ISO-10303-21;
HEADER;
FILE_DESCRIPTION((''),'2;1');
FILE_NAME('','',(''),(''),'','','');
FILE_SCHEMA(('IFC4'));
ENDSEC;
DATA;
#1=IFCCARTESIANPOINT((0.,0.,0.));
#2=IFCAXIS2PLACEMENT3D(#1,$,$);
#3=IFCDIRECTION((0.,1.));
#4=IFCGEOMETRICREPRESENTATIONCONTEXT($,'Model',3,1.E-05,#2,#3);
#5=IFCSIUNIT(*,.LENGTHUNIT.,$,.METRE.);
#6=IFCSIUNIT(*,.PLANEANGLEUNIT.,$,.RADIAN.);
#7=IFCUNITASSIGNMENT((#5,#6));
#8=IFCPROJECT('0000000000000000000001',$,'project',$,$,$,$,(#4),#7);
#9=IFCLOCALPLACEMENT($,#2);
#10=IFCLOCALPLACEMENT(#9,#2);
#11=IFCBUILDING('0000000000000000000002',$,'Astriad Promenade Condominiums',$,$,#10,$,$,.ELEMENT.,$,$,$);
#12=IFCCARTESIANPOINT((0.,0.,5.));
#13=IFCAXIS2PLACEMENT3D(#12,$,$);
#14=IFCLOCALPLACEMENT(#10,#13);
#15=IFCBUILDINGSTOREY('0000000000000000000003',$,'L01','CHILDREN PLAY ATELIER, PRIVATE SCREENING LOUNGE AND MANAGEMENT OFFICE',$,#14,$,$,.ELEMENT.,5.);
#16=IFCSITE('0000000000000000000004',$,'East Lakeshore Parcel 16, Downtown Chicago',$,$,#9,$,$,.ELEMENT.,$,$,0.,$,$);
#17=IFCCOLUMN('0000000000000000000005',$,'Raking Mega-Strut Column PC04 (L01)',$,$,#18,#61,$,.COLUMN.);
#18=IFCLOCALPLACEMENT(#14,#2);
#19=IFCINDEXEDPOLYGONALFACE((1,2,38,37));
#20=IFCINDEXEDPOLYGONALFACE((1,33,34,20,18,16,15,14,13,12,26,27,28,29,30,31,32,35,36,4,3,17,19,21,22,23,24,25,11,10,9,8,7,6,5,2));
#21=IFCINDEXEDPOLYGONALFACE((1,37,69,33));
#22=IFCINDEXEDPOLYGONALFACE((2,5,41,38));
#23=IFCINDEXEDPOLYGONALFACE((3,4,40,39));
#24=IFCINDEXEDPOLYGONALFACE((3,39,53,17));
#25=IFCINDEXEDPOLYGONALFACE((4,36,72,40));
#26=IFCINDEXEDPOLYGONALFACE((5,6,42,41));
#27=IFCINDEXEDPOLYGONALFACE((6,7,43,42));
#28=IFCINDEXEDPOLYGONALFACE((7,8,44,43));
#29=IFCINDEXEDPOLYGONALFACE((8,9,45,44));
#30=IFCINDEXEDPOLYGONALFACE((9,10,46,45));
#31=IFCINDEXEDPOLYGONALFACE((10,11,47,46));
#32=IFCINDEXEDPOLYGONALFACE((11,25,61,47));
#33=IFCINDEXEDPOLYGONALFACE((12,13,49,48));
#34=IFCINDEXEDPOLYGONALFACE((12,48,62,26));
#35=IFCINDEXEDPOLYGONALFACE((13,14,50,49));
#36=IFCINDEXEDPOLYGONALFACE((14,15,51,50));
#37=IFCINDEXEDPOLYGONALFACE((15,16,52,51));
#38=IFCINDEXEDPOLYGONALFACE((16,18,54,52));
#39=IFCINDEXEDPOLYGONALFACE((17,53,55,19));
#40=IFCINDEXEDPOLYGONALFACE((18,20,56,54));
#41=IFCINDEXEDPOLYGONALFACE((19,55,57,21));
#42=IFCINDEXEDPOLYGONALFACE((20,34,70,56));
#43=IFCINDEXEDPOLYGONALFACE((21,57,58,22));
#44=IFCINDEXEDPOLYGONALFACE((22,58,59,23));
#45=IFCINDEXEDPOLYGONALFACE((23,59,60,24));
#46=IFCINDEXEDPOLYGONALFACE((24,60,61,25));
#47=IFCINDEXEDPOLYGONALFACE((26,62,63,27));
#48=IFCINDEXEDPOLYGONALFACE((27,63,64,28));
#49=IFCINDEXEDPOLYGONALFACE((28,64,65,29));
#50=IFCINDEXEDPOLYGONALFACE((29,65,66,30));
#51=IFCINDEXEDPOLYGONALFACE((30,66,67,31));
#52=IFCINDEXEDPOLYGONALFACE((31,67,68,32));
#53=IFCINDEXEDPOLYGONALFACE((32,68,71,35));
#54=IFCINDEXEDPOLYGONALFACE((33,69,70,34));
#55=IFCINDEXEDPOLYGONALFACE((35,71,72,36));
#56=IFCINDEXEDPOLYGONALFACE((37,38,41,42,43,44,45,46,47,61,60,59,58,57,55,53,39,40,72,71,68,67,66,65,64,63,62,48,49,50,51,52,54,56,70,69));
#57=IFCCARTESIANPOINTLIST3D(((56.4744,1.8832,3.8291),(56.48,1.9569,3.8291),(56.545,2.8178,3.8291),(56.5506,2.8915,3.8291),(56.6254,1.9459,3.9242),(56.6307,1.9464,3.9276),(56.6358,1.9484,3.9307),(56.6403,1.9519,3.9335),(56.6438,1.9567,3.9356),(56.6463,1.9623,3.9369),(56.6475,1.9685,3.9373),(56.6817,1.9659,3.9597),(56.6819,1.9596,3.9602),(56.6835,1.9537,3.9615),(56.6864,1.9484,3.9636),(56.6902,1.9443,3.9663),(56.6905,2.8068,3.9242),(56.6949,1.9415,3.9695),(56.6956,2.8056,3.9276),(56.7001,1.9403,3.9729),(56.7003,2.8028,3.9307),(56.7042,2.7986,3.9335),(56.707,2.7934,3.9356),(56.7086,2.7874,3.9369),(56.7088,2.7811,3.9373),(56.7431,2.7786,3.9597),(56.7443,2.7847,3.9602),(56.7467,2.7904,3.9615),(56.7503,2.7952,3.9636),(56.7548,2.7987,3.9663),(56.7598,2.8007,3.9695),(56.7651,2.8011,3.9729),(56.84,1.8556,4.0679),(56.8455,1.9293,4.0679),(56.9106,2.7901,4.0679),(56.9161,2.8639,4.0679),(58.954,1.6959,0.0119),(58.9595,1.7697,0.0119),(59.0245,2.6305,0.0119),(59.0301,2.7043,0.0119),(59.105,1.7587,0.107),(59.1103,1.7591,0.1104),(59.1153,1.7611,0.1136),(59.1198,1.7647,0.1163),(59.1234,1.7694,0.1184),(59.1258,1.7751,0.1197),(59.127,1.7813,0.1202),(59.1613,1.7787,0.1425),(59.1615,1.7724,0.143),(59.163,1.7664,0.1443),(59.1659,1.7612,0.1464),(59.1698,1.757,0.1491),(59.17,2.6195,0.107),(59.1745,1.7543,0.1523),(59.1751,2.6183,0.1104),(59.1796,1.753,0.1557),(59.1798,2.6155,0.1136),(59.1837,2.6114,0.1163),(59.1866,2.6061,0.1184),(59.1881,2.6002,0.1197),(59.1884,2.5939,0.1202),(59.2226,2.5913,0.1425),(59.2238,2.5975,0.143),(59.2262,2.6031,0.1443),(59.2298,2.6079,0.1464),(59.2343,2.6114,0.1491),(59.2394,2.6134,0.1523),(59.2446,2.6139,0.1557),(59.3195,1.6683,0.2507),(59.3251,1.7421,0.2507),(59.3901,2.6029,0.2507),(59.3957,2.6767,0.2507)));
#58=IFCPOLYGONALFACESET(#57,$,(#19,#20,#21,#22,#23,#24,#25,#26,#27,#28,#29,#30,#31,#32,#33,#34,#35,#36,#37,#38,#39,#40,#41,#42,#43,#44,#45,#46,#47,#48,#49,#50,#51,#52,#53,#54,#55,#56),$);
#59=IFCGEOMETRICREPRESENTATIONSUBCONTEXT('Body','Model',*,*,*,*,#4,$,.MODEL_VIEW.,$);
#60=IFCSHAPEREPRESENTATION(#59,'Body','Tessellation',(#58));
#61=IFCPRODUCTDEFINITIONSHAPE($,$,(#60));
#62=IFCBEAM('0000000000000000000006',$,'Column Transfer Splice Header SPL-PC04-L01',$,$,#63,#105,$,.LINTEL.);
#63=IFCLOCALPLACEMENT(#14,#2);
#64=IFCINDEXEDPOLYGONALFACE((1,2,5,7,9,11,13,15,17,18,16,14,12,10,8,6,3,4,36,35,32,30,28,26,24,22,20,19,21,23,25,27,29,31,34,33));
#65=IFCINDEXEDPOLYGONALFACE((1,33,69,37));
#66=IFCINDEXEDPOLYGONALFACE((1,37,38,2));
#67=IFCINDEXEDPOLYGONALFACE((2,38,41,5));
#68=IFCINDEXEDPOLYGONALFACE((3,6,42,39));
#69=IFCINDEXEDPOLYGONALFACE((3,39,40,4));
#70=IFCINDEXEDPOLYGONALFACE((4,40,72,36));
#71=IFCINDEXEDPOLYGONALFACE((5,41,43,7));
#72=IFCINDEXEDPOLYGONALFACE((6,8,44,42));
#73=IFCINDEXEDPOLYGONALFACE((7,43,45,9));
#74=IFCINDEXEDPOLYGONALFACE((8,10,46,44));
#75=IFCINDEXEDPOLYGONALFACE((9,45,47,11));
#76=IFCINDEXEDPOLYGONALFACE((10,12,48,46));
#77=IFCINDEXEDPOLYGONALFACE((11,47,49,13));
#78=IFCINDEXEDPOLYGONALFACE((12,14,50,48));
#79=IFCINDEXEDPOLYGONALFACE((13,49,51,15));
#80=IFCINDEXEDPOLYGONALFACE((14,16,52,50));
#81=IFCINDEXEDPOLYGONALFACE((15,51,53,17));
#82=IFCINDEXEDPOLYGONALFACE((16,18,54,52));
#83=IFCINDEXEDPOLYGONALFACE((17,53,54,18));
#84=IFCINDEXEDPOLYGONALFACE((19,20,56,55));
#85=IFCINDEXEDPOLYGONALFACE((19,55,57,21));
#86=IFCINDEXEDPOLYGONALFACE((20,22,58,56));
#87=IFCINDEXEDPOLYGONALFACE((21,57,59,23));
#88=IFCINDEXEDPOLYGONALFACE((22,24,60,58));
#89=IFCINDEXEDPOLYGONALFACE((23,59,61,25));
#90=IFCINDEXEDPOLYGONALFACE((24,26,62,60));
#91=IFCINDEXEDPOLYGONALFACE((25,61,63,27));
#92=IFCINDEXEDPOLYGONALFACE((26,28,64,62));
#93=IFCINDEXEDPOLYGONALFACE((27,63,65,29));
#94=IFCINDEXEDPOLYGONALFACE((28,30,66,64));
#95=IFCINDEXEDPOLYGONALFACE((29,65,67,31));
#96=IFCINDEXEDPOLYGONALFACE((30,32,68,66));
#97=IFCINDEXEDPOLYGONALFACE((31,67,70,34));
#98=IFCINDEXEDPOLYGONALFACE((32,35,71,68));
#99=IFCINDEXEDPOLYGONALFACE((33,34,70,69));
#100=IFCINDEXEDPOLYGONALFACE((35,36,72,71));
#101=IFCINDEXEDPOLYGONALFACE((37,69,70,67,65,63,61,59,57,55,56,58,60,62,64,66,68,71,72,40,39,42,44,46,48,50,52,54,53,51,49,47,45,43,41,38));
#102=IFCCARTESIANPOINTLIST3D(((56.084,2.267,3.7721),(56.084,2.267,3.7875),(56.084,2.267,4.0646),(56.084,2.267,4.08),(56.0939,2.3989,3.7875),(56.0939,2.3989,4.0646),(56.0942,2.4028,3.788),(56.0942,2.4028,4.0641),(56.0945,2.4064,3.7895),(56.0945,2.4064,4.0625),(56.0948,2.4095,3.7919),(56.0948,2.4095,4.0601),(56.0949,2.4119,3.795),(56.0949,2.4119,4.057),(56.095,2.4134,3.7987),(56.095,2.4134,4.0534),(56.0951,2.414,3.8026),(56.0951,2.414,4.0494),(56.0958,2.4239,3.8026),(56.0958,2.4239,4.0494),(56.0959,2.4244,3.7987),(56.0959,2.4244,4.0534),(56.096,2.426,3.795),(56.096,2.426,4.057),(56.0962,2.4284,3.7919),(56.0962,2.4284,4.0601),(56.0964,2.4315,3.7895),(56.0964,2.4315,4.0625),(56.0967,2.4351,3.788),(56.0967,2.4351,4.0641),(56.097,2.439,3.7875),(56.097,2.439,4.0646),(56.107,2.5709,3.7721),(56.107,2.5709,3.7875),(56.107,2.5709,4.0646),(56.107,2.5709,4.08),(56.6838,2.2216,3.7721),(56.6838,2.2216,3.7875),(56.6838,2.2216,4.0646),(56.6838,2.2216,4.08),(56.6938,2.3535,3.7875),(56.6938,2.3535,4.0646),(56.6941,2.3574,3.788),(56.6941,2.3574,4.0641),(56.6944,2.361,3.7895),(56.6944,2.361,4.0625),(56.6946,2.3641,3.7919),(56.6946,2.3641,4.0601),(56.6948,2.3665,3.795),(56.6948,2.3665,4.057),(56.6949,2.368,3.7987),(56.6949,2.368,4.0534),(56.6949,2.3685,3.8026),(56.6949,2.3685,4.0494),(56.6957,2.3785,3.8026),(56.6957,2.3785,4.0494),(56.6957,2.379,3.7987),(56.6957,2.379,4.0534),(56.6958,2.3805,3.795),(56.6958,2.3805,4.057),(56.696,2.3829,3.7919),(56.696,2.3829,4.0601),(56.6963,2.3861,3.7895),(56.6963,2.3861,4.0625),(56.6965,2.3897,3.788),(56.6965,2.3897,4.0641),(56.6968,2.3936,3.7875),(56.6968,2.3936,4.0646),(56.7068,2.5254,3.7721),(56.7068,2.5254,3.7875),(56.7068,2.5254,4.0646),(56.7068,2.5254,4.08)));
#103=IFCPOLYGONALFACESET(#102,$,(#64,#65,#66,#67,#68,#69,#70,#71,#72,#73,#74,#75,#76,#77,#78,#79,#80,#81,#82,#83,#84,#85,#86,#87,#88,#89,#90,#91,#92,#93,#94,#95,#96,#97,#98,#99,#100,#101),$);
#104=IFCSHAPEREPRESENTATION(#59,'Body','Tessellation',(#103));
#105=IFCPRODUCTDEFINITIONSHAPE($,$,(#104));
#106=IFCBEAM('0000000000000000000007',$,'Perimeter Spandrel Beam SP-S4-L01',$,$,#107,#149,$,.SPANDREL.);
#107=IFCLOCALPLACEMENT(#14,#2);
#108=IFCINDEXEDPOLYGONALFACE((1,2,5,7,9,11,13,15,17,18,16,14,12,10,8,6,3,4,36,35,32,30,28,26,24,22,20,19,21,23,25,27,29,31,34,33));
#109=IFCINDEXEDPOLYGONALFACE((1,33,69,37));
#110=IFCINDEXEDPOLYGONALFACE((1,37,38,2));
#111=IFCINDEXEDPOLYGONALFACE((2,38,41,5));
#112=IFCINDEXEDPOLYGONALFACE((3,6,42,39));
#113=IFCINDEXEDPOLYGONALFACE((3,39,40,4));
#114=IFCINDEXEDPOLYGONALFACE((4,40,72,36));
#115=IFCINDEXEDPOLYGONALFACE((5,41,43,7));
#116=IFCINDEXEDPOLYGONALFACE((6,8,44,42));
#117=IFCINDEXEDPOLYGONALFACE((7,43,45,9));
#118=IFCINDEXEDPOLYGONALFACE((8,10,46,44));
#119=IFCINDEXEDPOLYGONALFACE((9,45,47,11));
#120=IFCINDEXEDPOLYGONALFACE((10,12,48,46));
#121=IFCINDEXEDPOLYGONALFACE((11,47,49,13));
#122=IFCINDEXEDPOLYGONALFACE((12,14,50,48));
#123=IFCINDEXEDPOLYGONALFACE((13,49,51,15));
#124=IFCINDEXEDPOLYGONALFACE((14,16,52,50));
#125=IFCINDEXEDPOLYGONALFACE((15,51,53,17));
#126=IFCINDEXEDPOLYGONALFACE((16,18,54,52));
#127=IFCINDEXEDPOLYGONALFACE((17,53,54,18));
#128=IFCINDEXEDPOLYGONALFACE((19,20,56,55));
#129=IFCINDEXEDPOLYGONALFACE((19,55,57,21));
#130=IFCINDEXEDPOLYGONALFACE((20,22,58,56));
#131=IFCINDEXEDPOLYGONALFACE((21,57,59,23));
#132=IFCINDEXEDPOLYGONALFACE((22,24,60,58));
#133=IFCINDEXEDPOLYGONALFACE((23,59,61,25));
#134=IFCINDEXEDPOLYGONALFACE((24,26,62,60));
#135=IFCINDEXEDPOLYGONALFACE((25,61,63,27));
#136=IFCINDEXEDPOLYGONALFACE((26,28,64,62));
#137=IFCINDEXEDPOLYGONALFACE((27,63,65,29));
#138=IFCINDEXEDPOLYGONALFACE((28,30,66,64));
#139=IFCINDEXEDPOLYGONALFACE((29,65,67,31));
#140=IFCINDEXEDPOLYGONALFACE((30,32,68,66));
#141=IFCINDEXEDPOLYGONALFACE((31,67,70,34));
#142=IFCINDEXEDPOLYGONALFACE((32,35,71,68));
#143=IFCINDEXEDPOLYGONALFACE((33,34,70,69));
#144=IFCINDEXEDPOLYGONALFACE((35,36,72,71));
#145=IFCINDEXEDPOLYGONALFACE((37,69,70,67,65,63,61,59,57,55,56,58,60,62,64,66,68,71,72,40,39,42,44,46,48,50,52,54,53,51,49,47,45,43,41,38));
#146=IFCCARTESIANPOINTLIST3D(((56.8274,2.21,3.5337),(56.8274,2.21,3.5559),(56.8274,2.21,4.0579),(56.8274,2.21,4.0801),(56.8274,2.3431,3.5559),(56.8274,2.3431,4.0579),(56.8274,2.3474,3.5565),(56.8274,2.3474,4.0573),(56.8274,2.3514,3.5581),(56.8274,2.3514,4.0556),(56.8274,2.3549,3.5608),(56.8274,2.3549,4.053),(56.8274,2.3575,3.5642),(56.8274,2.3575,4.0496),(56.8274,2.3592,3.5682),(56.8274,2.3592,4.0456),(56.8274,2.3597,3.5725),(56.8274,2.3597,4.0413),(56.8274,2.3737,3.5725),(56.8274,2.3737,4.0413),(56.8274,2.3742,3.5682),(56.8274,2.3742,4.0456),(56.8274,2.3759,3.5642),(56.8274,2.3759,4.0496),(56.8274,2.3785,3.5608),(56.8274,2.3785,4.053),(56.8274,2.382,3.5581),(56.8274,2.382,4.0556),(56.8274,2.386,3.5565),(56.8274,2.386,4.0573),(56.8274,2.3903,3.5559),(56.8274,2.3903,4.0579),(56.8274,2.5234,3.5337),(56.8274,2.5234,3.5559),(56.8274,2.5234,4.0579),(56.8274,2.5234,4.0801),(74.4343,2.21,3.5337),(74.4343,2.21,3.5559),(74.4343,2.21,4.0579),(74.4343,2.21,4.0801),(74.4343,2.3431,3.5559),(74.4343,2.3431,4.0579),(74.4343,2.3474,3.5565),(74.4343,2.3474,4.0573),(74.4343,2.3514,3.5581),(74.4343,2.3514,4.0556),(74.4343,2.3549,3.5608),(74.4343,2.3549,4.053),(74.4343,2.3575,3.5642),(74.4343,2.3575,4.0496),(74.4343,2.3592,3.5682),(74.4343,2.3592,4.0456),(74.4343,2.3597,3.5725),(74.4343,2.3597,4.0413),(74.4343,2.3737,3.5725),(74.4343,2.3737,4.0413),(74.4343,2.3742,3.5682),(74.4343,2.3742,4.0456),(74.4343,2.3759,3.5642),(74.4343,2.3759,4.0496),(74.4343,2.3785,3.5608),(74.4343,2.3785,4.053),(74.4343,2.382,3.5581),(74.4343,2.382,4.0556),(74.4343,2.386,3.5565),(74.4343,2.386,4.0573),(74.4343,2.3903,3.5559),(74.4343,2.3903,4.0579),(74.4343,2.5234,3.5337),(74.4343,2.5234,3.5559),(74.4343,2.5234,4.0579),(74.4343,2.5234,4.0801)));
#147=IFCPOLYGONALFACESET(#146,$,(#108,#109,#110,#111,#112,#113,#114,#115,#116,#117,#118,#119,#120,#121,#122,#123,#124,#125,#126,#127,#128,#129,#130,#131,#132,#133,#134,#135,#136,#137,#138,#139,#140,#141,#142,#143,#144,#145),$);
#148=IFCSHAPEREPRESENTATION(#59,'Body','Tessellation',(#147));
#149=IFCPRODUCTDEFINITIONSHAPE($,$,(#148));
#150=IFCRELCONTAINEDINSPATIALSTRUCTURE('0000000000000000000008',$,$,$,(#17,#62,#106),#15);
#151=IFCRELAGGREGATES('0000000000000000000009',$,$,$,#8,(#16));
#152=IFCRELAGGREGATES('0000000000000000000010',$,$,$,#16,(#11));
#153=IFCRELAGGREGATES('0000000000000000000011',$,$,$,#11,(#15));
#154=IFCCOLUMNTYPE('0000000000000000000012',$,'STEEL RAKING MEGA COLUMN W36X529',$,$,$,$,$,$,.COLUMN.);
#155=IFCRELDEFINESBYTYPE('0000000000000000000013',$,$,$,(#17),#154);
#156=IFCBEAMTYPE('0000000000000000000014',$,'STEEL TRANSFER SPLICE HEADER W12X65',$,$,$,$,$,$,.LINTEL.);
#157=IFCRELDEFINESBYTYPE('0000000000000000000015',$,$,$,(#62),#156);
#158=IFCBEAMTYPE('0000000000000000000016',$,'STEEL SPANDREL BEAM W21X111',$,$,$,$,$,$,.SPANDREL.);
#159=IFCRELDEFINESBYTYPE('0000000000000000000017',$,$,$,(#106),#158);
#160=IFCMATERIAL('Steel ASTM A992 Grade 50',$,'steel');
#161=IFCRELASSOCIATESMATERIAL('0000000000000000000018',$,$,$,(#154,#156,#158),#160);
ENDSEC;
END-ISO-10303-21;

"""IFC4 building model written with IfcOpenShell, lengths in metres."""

from ifc_helpers import new_model, si_unit, direction, frame, origin, origin_2d, place, context, subcontext, project, spatial, i_section, extrude, source, transform, mapped, material, material_profile, profile_set, type_object, type_shapes, element, save


model = new_model("IFC4")

# Units and contexts
model_context = context("Model", 3, precision=1e-05, world=origin(), true_north=direction((0.0, 1.0)))
body_context = subcontext(model_context, "Body", "Model", "MODEL_VIEW")
ifc_project = project(units=[si_unit("LENGTHUNIT", "METRE"), si_unit("PLANEANGLEUNIT", "RADIAN")], contexts=[model_context])

# Site, building, storey
site_placement = place(None, origin())
site = spatial("IfcSite", under=ifc_project, at=site_placement, Name="East Lakeshore Parcel 16, Downtown Chicago", CompositionType="ELEMENT", RefElevation=0.0)
building_placement = place(site_placement, origin())
building = spatial("IfcBuilding", under=site, at=building_placement, Name="Astriad Promenade Condominiums", CompositionType="ELEMENT")
storey_placement = place(building_placement, frame((0.0, 0.0, 5.0)))
storey = spatial("IfcBuildingStorey", under=building, at=storey_placement, Name="L01", Description="CHILDREN PLAY ATELIER, PRIVATE SCREENING LOUNGE AND MANAGEMENT OFFICE", CompositionType="ELEMENT", Elevation=5.0)

# Column
ifc_material_1 = material(Name="Steel ASTM A992 Grade 50", Category="steel")
ifc_material_profile_1 = material_profile(ifc_material_1, i_section(OverallWidth=0.4375, OverallDepth=1.0112, WebThickness=0.041, FlangeThickness=0.074, FilletRadius=0.0242, at=origin_2d()), Name="W36X529")
ifc_profile_set_1 = profile_set([ifc_material_profile_1], Name="Steel ASTM A992 Grade 50")
column_type = type_object("IfcColumnType", Name="STEEL RAKING MEGA COLUMN W36X529", PredefinedType="COLUMN", material=ifc_profile_set_1)
shared_shape_1 = source(origin(), body_context, "Body", "SweptSolid", [
    extrude(i_section(OverallWidth=0.4375, OverallDepth=1.0112, WebThickness=0.041, FlangeThickness=0.074, FilletRadius=0.0242, at=origin_2d()), origin(), (0.0, 0.0, 1.0), 4.5557),
])
type_shapes(column_type, [shared_shape_1])
column_placement = place(storey_placement, frame((59.1748, 2.1863, 0.1313), z_axis=(-0.544273, 0.041105, 0.8379), x_axis=(0.835521, -0.0631, 0.545823)))
element("IfcColumn", 1, at=column_placement, inside=storey, type_object=column_type, Name="Raking Mega-Strut Column PC04 (L01)", PredefinedType="COLUMN", context=body_context, shape_type="MappedRepresentation", body=[
    mapped(shared_shape_1, transform((0.0, 0.0, 0.0), scale=1.0)),
])

# Beams
ifc_material_profile_2 = material_profile(ifc_material_1, i_section(OverallWidth=0.3047, OverallDepth=0.3079, WebThickness=0.01, FlangeThickness=0.0154, FilletRadius=0.0151, at=origin_2d()), Name="W12X65")
ifc_profile_set_2 = profile_set([ifc_material_profile_2], Name="Steel ASTM A992 Grade 50")
beam_type_1 = type_object("IfcBeamType", Name="STEEL TRANSFER SPLICE HEADER W12X65", PredefinedType="LINTEL", material=ifc_profile_set_2)
shared_shape_2 = source(origin(), body_context, "Body", "SweptSolid", [
    extrude(i_section(OverallWidth=0.3047, OverallDepth=0.3079, WebThickness=0.01, FlangeThickness=0.0154, FilletRadius=0.0151, at=origin_2d()), origin(), (0.0, 0.0, 1.0), 0.6016),
])
type_shapes(beam_type_1, [shared_shape_2])
beam_1_placement = place(storey_placement, frame((56.6953, 2.3735, 3.926), z_axis=(-0.997147, 0.075486, 0.0), x_axis=(-0.075486, -0.997147, 0.0)))
element("IfcBeam", 2, at=beam_1_placement, inside=storey, type_object=beam_type_1, Name="Column Transfer Splice Header SPL-PC04-L01", PredefinedType="LINTEL", context=body_context, shape_type="MappedRepresentation", body=[
    mapped(shared_shape_2, transform((0.0, 0.0, 0.0), scale=1.0)),
])
ifc_material_profile_3 = material_profile(ifc_material_1, i_section(OverallWidth=0.3135, OverallDepth=0.5464, WebThickness=0.0139, FlangeThickness=0.0222, FilletRadius=0.0166, at=origin_2d()), Name="W21X111")
ifc_profile_set_3 = profile_set([ifc_material_profile_3], Name="Steel ASTM A992 Grade 50")
beam_type_2 = type_object("IfcBeamType", Name="STEEL SPANDREL BEAM W21X111", PredefinedType="SPANDREL", material=ifc_profile_set_3)
shared_shape_3 = source(origin(), body_context, "Body", "SweptSolid", [
    extrude(i_section(OverallWidth=0.3135, OverallDepth=0.5464, WebThickness=0.0139, FlangeThickness=0.0222, FilletRadius=0.0166, at=origin_2d()), origin(), (0.0, 0.0, 1.0), 17.6069),
])
type_shapes(beam_type_2, [shared_shape_3])
beam_2_placement = place(storey_placement, frame((56.8274, 2.3667, 3.8069), z_axis=(1.0, 0.0, 0.0), x_axis=(0.0, 1.0, 0.0)))
element("IfcBeam", 3, at=beam_2_placement, inside=storey, type_object=beam_type_2, Name="Perimeter Spandrel Beam SP-S4-L01", PredefinedType="SPANDREL", context=body_context, shape_type="MappedRepresentation", body=[
    mapped(shared_shape_3, transform((0.0, 0.0, 0.0), scale=1.0)),
])

save(model, "model.ifc")
